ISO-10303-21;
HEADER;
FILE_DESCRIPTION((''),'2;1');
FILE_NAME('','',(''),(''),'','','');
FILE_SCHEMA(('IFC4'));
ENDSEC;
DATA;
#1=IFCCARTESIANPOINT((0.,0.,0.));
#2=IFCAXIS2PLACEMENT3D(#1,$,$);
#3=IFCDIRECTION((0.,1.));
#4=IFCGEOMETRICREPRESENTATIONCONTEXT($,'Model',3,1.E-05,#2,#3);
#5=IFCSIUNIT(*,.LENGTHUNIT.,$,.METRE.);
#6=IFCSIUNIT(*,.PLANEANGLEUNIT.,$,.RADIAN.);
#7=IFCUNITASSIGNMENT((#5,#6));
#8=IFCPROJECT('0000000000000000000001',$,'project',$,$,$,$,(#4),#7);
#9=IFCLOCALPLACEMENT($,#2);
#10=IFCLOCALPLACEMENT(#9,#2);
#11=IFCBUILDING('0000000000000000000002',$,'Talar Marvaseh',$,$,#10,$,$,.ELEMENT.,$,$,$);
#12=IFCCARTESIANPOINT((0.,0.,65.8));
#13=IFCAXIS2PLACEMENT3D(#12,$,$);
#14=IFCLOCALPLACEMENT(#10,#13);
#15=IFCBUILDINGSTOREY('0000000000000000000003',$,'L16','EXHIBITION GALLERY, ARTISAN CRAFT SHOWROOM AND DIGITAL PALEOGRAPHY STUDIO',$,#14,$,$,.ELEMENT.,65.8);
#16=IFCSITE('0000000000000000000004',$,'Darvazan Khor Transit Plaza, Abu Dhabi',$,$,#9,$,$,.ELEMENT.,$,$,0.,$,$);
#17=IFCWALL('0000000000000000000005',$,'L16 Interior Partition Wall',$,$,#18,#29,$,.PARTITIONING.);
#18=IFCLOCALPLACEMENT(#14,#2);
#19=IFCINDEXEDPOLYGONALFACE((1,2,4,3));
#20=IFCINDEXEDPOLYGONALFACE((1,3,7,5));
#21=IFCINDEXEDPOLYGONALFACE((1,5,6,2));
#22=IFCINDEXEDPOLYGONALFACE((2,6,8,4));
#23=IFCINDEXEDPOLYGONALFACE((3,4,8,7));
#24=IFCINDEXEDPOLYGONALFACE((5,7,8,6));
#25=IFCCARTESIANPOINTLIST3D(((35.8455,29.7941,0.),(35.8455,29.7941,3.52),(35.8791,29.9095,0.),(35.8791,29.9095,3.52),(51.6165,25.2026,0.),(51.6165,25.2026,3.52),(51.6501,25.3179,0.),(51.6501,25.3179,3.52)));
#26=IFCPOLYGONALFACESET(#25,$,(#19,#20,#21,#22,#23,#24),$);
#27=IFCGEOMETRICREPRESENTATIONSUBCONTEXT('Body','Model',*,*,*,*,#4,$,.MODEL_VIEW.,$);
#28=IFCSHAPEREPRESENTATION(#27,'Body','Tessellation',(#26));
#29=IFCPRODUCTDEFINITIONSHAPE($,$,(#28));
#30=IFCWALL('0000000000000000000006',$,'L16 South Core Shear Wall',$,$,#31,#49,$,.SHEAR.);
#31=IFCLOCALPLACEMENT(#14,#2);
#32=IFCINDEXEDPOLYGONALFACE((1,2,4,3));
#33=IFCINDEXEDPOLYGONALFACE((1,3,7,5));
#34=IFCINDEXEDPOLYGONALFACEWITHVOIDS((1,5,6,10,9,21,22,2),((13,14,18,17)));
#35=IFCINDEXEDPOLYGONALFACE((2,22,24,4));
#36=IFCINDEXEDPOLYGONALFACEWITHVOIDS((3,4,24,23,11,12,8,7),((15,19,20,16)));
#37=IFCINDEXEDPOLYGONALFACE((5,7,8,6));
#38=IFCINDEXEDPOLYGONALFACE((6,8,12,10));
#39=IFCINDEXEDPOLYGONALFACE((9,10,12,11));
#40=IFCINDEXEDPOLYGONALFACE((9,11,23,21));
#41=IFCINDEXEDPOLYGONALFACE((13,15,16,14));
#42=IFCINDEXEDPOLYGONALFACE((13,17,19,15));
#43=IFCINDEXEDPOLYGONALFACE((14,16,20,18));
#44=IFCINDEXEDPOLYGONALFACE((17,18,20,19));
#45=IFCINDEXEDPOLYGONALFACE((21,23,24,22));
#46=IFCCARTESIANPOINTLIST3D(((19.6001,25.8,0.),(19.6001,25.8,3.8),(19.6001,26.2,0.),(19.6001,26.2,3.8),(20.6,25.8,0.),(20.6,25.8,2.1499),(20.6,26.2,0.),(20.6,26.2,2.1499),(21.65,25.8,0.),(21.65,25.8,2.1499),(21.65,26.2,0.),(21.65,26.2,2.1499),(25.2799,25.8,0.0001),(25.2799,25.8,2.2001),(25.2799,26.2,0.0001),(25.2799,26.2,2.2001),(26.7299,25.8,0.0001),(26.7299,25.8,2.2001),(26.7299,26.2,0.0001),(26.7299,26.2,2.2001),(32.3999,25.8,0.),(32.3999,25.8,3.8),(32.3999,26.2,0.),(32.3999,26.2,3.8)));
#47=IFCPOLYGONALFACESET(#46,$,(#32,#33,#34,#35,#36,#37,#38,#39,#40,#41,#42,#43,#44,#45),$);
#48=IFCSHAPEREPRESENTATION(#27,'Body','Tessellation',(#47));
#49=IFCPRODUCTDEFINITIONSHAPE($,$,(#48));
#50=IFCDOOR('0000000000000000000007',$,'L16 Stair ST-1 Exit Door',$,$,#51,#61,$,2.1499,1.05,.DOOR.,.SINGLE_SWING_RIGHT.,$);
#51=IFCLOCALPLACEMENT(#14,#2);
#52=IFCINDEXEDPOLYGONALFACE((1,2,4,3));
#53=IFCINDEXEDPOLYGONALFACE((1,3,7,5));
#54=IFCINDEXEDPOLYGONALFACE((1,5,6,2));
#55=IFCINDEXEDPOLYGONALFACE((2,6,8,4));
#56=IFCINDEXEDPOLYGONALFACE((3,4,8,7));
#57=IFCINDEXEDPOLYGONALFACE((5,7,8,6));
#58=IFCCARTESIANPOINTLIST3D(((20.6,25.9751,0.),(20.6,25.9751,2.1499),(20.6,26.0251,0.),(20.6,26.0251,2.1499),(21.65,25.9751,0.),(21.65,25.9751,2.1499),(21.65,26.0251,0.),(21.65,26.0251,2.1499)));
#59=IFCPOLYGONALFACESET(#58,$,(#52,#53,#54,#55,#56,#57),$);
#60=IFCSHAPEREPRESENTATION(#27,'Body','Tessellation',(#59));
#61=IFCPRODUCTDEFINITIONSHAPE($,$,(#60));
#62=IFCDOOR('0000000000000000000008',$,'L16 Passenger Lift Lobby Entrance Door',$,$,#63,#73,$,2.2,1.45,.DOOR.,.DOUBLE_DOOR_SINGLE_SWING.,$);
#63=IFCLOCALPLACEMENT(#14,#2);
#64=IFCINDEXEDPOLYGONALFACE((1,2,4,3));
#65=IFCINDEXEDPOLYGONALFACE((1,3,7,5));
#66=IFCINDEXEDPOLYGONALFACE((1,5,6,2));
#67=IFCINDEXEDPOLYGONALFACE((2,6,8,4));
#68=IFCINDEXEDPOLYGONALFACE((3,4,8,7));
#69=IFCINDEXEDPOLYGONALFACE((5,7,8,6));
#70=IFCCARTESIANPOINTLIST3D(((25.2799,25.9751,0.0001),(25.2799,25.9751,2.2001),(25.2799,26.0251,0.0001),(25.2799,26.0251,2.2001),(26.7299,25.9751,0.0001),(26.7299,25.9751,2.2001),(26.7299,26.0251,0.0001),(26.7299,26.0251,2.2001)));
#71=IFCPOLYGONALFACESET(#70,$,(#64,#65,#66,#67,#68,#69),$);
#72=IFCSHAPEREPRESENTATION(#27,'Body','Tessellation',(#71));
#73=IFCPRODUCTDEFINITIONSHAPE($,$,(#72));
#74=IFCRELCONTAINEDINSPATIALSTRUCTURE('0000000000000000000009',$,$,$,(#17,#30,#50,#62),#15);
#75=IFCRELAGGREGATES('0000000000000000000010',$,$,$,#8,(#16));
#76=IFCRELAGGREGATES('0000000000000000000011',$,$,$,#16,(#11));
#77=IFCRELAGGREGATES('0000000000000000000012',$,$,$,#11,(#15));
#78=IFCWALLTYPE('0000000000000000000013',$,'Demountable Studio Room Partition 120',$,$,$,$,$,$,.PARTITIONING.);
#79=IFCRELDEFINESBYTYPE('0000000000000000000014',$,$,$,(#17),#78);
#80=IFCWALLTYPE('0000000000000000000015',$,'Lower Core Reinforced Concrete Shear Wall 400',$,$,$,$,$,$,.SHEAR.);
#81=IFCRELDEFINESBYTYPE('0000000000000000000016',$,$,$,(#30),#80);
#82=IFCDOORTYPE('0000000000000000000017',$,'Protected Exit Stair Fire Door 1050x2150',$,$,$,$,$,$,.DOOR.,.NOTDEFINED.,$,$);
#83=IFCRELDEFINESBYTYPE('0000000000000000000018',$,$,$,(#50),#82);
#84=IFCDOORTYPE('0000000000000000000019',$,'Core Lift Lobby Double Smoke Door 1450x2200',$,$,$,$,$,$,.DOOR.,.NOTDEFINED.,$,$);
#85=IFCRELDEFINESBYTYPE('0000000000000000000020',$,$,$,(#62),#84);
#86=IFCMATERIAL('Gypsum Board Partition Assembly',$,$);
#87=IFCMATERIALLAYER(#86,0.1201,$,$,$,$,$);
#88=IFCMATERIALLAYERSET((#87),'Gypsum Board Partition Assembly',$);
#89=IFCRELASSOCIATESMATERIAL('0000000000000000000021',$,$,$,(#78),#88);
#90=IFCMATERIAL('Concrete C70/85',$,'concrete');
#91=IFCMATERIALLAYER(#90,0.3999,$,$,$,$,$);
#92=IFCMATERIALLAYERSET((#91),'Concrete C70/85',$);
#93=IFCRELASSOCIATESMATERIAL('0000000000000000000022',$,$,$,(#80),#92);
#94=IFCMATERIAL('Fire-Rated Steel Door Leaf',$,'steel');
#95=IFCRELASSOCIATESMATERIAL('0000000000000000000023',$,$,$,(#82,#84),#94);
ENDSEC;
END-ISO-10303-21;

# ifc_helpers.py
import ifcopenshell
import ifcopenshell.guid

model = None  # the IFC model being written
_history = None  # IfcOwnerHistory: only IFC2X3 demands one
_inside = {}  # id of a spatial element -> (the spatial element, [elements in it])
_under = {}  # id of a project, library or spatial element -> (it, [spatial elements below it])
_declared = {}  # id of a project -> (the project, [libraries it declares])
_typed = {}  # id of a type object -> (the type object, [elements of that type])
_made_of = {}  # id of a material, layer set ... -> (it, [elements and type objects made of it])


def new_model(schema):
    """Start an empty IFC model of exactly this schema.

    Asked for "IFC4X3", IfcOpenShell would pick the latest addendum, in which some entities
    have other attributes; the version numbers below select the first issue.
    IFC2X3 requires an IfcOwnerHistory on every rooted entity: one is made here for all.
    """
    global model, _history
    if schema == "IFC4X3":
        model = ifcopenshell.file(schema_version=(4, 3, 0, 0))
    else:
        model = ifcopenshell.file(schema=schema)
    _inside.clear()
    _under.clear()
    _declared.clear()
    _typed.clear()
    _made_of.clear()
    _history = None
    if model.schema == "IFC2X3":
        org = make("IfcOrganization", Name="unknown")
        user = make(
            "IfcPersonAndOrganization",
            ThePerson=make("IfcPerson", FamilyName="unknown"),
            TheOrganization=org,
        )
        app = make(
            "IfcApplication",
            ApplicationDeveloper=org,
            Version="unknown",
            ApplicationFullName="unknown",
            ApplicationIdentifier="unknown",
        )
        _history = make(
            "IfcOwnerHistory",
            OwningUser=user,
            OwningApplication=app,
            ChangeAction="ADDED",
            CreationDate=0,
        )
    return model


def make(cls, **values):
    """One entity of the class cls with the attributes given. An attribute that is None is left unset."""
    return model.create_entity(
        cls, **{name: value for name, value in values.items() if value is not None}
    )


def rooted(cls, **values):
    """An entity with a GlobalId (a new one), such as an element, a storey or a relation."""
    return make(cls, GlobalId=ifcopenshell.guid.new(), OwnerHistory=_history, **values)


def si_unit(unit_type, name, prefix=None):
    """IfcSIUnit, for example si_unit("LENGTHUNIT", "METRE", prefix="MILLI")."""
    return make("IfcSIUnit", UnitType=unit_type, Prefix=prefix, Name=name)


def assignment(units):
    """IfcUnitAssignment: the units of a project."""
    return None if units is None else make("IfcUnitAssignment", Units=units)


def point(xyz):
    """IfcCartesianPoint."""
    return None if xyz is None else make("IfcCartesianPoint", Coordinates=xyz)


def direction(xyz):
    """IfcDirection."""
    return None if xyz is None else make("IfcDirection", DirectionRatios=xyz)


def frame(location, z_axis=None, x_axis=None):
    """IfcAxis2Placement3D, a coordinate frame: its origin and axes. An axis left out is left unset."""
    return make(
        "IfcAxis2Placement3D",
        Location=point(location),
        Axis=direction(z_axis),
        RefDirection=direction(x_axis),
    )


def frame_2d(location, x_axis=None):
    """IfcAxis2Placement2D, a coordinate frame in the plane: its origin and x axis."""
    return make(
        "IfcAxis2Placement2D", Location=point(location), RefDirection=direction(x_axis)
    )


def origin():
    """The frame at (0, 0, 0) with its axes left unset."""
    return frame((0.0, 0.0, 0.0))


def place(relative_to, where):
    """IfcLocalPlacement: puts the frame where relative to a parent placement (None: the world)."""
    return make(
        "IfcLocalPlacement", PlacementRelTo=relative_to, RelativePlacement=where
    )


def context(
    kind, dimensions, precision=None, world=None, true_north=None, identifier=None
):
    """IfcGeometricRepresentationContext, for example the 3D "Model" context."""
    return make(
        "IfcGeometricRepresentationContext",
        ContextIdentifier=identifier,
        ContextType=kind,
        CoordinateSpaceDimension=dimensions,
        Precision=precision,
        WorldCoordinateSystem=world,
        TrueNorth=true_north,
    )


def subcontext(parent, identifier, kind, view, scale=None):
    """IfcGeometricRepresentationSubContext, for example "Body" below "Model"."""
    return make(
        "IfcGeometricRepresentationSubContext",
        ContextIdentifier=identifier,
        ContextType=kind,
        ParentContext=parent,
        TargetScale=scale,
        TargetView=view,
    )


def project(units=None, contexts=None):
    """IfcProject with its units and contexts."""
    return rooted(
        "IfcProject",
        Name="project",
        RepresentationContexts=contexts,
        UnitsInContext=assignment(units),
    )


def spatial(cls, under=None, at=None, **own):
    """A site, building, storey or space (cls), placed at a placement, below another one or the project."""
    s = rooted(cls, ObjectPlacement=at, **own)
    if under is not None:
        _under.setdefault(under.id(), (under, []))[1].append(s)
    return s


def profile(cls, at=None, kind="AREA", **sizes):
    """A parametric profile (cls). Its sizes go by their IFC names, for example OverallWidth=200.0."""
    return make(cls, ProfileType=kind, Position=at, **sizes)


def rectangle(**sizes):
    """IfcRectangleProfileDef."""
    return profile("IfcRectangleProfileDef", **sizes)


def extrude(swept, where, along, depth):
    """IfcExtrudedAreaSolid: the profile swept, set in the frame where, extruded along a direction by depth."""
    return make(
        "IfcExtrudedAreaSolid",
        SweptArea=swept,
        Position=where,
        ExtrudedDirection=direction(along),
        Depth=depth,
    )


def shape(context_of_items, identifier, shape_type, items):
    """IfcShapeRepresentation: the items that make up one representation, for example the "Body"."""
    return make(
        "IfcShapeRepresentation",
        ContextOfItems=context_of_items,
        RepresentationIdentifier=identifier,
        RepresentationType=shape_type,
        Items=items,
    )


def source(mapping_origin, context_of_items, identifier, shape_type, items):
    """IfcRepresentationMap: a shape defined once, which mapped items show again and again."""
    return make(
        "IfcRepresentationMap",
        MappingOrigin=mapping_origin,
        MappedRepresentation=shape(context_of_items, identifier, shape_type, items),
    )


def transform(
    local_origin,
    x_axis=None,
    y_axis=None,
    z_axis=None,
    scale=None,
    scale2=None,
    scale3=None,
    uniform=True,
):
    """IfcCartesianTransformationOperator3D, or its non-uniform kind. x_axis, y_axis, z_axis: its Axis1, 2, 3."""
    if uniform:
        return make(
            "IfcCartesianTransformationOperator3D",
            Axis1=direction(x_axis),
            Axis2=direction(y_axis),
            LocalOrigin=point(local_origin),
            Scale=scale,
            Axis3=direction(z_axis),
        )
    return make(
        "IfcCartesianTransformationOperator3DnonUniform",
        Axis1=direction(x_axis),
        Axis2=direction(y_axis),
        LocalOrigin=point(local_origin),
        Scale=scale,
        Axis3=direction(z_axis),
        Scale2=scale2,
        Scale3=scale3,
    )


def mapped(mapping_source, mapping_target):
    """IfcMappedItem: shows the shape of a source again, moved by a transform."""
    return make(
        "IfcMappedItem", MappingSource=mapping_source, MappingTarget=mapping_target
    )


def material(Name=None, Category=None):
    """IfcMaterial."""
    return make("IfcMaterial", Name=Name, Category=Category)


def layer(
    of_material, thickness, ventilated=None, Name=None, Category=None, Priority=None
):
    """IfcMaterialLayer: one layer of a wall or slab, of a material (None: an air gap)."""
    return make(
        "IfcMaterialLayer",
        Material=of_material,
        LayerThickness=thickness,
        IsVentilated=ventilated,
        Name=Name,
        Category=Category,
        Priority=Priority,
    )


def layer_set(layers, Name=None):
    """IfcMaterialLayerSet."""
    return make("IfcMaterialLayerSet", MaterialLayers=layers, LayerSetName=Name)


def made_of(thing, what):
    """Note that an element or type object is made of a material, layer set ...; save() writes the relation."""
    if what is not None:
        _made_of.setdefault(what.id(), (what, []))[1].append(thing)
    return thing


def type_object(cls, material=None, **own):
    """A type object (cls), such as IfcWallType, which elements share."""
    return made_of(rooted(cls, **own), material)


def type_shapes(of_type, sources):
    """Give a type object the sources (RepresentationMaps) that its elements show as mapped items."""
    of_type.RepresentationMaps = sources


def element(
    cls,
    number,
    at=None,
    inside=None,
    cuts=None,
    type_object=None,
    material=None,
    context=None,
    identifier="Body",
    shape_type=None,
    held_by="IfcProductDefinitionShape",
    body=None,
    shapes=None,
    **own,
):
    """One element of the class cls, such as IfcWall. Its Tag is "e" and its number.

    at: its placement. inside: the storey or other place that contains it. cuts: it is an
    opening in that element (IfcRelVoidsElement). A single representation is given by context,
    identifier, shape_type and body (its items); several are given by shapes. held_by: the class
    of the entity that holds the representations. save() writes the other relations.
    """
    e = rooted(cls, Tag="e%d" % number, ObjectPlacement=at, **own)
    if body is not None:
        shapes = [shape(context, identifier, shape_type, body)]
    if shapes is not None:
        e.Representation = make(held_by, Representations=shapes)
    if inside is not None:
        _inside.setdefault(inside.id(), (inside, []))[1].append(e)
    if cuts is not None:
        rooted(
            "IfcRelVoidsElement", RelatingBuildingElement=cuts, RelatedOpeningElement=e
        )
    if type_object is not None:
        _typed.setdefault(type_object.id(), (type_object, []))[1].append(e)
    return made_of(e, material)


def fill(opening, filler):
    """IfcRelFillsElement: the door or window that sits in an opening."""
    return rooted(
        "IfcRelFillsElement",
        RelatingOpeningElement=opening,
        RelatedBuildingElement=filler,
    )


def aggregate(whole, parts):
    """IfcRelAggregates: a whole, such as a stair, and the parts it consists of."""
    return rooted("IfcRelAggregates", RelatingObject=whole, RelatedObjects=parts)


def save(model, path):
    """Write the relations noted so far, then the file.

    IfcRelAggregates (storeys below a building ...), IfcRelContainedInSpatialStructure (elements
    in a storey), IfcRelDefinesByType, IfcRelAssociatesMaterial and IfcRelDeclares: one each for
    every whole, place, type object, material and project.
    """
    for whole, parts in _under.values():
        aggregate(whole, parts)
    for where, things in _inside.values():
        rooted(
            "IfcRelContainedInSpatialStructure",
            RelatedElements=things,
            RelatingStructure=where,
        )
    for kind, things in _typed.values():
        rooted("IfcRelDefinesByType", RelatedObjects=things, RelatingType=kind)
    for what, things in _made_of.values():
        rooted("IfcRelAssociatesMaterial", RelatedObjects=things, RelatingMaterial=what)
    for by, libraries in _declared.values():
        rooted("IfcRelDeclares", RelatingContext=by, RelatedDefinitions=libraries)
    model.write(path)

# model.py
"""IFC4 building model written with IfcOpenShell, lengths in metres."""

from ifc_helpers import new_model, si_unit, direction, frame, frame_2d, origin, place, context, subcontext, project, spatial, rectangle, extrude, source, transform, mapped, material, layer, layer_set, type_object, type_shapes, element, fill, save


model = new_model("IFC4")

# Units and contexts
model_context = context("Model", 3, precision=1e-05, world=origin(), true_north=direction((0.0, 1.0)))
body_context = subcontext(model_context, "Body", "Model", "MODEL_VIEW")
ifc_project = project(units=[si_unit("LENGTHUNIT", "METRE"), si_unit("PLANEANGLEUNIT", "RADIAN")], contexts=[model_context])

# Site, building, storey
site_placement = place(None, origin())
site = spatial("IfcSite", under=ifc_project, at=site_placement, Name="Darvazan Khor Transit Plaza, Abu Dhabi", CompositionType="ELEMENT", RefElevation=0.0)
building_placement = place(site_placement, origin())
building = spatial("IfcBuilding", under=site, at=building_placement, Name="Talar Marvaseh", CompositionType="ELEMENT")
storey_placement = place(building_placement, frame((0.0, 0.0, 65.8)))
storey = spatial("IfcBuildingStorey", under=building, at=storey_placement, Name="L16", Description="EXHIBITION GALLERY, ARTISAN CRAFT SHOWROOM AND DIGITAL PALEOGRAPHY STUDIO", CompositionType="ELEMENT", Elevation=65.8)

# Shared definitions
ifc_material_1 = material(Name="Concrete C70/85", Category="concrete")

# Shared definitions
ifc_material_2 = material(Name="Gypsum Board Partition Assembly")

# Wall
ifc_layer_1 = layer(ifc_material_2, 0.1201)
ifc_layer_set_1 = layer_set([ifc_layer_1], Name="Gypsum Board Partition Assembly")
wall_type_1 = type_object("IfcWallType", Name="Demountable Studio Room Partition 120", PredefinedType="PARTITIONING", material=ifc_layer_set_1)
wall_1_placement = place(storey_placement, frame((35.8623, 29.8518, 0.0), z_axis=(0.0, 0.0, 1.0), x_axis=(0.960136, -0.279533, 0.0)))
element("IfcWall", 1, at=wall_1_placement, inside=storey, type_object=wall_type_1, Name="L16 Interior Partition Wall", PredefinedType="PARTITIONING", context=body_context, shape_type="SweptSolid", body=[
    extrude(rectangle(XDim=16.4258, YDim=0.1201, at=frame_2d((8.2129, 0.0))), origin(), (0.0, 0.0, 1.0), 3.52),
])

# Wall, openings, doors
ifc_layer_2 = layer(ifc_material_1, 0.3999)
ifc_layer_set_2 = layer_set([ifc_layer_2], Name="Concrete C70/85")
wall_type_2 = type_object("IfcWallType", Name="Lower Core Reinforced Concrete Shear Wall 400", PredefinedType="SHEAR", material=ifc_layer_set_2)
wall_2_placement = place(storey_placement, frame((32.3999, 26.0, 0.0), z_axis=(0.0, 0.0, 1.0), x_axis=(-1.0, 0.0, 0.0)))
wall_2 = element("IfcWall", 2, at=wall_2_placement, inside=storey, type_object=wall_type_2, Name="L16 South Core Shear Wall", PredefinedType="SHEAR", context=body_context, shape_type="SweptSolid", body=[
    extrude(rectangle(XDim=12.7998, YDim=0.3999, at=frame_2d((6.3999, 0.0))), origin(), (0.0, 0.0, 1.0), 3.8),
])
opening_1_placement = place(wall_2_placement, frame((10.75, 0.0, 0.0)))
opening_1 = element("IfcOpeningElement", 3, at=opening_1_placement, cuts=wall_2, PredefinedType="OPENING", context=body_context, shape_type="SweptSolid", body=[
    extrude(rectangle(XDim=1.05, YDim=2.1499, at=frame_2d((0.5249, 1.075))), frame((0.0, 0.21, 0.0), z_axis=(0.0, -1.0, 0.0), x_axis=(1.0, 0.0, 0.0)), (0.0, 0.0, 1.0), 0.4199),
])
opening_2_placement = place(wall_2_placement, frame((5.6699, 0.0, 0.0)))
opening_2 = element("IfcOpeningElement", 4, at=opening_2_placement, cuts=wall_2, PredefinedType="OPENING", context=body_context, shape_type="SweptSolid", body=[
    extrude(rectangle(XDim=1.45, YDim=2.2, at=frame_2d((0.7251, 1.1001))), frame((0.0, 0.21, 0.0), z_axis=(0.0, -1.0, 0.0), x_axis=(1.0, 0.0, 0.0)), (0.0, 0.0, 1.0), 0.4199),
])
ifc_material_3 = material(Name="Fire-Rated Steel Door Leaf", Category="steel")
door_type_1 = type_object("IfcDoorType", Name="Protected Exit Stair Fire Door 1050x2150", OperationType="NOTDEFINED", PredefinedType="DOOR", material=ifc_material_3)
shared_shape_1 = source(origin(), body_context, "Body", "SweptSolid", [
    extrude(rectangle(XDim=1.05, YDim=2.1499, at=frame_2d((0.5249, 1.075))), frame((0.0, 0.0249, 0.0), z_axis=(0.0, -1.0, 0.0), x_axis=(1.0, 0.0, 0.0)), (0.0, 0.0, 1.0), 0.05),
])
type_shapes(door_type_1, [shared_shape_1])
door_1_placement = place(opening_1_placement, origin())
door_1 = element("IfcDoor", 5, at=door_1_placement, inside=storey, type_object=door_type_1, Name="L16 Stair ST-1 Exit Door", OperationType="SINGLE_SWING_RIGHT", OverallHeight=2.1499, OverallWidth=1.05, PredefinedType="DOOR", context=body_context, shape_type="MappedRepresentation", body=[
    mapped(shared_shape_1, transform((0.0, 0.0, 0.0), x_axis=(1.0, 0.0, 0.0), y_axis=(0.0, 1.0, 0.0), z_axis=(0.0, 0.0, 1.0), scale=1.0)),
])
fill(opening_1, door_1)
door_type_2 = type_object("IfcDoorType", Name="Core Lift Lobby Double Smoke Door 1450x2200", OperationType="NOTDEFINED", PredefinedType="DOOR", material=ifc_material_3)
shared_shape_2 = source(origin(), body_context, "Body", "SweptSolid", [
    extrude(rectangle(XDim=1.45, YDim=2.2, at=frame_2d((0.7251, 1.1001))), frame((0.0, 0.0249, 0.0), z_axis=(0.0, -1.0, 0.0), x_axis=(1.0, 0.0, 0.0)), (0.0, 0.0, 1.0), 0.05),
])
type_shapes(door_type_2, [shared_shape_2])
door_2_placement = place(opening_2_placement, origin())
door_2 = element("IfcDoor", 6, at=door_2_placement, inside=storey, type_object=door_type_2, Name="L16 Passenger Lift Lobby Entrance Door", OperationType="DOUBLE_DOOR_SINGLE_SWING", OverallHeight=2.2, OverallWidth=1.45, PredefinedType="DOOR", context=body_context, shape_type="MappedRepresentation", body=[
    mapped(shared_shape_2, transform((0.0, 0.0, 0.0), x_axis=(1.0, 0.0, 0.0), y_axis=(0.0, 1.0, 0.0), z_axis=(0.0, 0.0, 1.0), scale=1.0)),
])
fill(opening_2, door_2)

save(model, "model.ifc")
